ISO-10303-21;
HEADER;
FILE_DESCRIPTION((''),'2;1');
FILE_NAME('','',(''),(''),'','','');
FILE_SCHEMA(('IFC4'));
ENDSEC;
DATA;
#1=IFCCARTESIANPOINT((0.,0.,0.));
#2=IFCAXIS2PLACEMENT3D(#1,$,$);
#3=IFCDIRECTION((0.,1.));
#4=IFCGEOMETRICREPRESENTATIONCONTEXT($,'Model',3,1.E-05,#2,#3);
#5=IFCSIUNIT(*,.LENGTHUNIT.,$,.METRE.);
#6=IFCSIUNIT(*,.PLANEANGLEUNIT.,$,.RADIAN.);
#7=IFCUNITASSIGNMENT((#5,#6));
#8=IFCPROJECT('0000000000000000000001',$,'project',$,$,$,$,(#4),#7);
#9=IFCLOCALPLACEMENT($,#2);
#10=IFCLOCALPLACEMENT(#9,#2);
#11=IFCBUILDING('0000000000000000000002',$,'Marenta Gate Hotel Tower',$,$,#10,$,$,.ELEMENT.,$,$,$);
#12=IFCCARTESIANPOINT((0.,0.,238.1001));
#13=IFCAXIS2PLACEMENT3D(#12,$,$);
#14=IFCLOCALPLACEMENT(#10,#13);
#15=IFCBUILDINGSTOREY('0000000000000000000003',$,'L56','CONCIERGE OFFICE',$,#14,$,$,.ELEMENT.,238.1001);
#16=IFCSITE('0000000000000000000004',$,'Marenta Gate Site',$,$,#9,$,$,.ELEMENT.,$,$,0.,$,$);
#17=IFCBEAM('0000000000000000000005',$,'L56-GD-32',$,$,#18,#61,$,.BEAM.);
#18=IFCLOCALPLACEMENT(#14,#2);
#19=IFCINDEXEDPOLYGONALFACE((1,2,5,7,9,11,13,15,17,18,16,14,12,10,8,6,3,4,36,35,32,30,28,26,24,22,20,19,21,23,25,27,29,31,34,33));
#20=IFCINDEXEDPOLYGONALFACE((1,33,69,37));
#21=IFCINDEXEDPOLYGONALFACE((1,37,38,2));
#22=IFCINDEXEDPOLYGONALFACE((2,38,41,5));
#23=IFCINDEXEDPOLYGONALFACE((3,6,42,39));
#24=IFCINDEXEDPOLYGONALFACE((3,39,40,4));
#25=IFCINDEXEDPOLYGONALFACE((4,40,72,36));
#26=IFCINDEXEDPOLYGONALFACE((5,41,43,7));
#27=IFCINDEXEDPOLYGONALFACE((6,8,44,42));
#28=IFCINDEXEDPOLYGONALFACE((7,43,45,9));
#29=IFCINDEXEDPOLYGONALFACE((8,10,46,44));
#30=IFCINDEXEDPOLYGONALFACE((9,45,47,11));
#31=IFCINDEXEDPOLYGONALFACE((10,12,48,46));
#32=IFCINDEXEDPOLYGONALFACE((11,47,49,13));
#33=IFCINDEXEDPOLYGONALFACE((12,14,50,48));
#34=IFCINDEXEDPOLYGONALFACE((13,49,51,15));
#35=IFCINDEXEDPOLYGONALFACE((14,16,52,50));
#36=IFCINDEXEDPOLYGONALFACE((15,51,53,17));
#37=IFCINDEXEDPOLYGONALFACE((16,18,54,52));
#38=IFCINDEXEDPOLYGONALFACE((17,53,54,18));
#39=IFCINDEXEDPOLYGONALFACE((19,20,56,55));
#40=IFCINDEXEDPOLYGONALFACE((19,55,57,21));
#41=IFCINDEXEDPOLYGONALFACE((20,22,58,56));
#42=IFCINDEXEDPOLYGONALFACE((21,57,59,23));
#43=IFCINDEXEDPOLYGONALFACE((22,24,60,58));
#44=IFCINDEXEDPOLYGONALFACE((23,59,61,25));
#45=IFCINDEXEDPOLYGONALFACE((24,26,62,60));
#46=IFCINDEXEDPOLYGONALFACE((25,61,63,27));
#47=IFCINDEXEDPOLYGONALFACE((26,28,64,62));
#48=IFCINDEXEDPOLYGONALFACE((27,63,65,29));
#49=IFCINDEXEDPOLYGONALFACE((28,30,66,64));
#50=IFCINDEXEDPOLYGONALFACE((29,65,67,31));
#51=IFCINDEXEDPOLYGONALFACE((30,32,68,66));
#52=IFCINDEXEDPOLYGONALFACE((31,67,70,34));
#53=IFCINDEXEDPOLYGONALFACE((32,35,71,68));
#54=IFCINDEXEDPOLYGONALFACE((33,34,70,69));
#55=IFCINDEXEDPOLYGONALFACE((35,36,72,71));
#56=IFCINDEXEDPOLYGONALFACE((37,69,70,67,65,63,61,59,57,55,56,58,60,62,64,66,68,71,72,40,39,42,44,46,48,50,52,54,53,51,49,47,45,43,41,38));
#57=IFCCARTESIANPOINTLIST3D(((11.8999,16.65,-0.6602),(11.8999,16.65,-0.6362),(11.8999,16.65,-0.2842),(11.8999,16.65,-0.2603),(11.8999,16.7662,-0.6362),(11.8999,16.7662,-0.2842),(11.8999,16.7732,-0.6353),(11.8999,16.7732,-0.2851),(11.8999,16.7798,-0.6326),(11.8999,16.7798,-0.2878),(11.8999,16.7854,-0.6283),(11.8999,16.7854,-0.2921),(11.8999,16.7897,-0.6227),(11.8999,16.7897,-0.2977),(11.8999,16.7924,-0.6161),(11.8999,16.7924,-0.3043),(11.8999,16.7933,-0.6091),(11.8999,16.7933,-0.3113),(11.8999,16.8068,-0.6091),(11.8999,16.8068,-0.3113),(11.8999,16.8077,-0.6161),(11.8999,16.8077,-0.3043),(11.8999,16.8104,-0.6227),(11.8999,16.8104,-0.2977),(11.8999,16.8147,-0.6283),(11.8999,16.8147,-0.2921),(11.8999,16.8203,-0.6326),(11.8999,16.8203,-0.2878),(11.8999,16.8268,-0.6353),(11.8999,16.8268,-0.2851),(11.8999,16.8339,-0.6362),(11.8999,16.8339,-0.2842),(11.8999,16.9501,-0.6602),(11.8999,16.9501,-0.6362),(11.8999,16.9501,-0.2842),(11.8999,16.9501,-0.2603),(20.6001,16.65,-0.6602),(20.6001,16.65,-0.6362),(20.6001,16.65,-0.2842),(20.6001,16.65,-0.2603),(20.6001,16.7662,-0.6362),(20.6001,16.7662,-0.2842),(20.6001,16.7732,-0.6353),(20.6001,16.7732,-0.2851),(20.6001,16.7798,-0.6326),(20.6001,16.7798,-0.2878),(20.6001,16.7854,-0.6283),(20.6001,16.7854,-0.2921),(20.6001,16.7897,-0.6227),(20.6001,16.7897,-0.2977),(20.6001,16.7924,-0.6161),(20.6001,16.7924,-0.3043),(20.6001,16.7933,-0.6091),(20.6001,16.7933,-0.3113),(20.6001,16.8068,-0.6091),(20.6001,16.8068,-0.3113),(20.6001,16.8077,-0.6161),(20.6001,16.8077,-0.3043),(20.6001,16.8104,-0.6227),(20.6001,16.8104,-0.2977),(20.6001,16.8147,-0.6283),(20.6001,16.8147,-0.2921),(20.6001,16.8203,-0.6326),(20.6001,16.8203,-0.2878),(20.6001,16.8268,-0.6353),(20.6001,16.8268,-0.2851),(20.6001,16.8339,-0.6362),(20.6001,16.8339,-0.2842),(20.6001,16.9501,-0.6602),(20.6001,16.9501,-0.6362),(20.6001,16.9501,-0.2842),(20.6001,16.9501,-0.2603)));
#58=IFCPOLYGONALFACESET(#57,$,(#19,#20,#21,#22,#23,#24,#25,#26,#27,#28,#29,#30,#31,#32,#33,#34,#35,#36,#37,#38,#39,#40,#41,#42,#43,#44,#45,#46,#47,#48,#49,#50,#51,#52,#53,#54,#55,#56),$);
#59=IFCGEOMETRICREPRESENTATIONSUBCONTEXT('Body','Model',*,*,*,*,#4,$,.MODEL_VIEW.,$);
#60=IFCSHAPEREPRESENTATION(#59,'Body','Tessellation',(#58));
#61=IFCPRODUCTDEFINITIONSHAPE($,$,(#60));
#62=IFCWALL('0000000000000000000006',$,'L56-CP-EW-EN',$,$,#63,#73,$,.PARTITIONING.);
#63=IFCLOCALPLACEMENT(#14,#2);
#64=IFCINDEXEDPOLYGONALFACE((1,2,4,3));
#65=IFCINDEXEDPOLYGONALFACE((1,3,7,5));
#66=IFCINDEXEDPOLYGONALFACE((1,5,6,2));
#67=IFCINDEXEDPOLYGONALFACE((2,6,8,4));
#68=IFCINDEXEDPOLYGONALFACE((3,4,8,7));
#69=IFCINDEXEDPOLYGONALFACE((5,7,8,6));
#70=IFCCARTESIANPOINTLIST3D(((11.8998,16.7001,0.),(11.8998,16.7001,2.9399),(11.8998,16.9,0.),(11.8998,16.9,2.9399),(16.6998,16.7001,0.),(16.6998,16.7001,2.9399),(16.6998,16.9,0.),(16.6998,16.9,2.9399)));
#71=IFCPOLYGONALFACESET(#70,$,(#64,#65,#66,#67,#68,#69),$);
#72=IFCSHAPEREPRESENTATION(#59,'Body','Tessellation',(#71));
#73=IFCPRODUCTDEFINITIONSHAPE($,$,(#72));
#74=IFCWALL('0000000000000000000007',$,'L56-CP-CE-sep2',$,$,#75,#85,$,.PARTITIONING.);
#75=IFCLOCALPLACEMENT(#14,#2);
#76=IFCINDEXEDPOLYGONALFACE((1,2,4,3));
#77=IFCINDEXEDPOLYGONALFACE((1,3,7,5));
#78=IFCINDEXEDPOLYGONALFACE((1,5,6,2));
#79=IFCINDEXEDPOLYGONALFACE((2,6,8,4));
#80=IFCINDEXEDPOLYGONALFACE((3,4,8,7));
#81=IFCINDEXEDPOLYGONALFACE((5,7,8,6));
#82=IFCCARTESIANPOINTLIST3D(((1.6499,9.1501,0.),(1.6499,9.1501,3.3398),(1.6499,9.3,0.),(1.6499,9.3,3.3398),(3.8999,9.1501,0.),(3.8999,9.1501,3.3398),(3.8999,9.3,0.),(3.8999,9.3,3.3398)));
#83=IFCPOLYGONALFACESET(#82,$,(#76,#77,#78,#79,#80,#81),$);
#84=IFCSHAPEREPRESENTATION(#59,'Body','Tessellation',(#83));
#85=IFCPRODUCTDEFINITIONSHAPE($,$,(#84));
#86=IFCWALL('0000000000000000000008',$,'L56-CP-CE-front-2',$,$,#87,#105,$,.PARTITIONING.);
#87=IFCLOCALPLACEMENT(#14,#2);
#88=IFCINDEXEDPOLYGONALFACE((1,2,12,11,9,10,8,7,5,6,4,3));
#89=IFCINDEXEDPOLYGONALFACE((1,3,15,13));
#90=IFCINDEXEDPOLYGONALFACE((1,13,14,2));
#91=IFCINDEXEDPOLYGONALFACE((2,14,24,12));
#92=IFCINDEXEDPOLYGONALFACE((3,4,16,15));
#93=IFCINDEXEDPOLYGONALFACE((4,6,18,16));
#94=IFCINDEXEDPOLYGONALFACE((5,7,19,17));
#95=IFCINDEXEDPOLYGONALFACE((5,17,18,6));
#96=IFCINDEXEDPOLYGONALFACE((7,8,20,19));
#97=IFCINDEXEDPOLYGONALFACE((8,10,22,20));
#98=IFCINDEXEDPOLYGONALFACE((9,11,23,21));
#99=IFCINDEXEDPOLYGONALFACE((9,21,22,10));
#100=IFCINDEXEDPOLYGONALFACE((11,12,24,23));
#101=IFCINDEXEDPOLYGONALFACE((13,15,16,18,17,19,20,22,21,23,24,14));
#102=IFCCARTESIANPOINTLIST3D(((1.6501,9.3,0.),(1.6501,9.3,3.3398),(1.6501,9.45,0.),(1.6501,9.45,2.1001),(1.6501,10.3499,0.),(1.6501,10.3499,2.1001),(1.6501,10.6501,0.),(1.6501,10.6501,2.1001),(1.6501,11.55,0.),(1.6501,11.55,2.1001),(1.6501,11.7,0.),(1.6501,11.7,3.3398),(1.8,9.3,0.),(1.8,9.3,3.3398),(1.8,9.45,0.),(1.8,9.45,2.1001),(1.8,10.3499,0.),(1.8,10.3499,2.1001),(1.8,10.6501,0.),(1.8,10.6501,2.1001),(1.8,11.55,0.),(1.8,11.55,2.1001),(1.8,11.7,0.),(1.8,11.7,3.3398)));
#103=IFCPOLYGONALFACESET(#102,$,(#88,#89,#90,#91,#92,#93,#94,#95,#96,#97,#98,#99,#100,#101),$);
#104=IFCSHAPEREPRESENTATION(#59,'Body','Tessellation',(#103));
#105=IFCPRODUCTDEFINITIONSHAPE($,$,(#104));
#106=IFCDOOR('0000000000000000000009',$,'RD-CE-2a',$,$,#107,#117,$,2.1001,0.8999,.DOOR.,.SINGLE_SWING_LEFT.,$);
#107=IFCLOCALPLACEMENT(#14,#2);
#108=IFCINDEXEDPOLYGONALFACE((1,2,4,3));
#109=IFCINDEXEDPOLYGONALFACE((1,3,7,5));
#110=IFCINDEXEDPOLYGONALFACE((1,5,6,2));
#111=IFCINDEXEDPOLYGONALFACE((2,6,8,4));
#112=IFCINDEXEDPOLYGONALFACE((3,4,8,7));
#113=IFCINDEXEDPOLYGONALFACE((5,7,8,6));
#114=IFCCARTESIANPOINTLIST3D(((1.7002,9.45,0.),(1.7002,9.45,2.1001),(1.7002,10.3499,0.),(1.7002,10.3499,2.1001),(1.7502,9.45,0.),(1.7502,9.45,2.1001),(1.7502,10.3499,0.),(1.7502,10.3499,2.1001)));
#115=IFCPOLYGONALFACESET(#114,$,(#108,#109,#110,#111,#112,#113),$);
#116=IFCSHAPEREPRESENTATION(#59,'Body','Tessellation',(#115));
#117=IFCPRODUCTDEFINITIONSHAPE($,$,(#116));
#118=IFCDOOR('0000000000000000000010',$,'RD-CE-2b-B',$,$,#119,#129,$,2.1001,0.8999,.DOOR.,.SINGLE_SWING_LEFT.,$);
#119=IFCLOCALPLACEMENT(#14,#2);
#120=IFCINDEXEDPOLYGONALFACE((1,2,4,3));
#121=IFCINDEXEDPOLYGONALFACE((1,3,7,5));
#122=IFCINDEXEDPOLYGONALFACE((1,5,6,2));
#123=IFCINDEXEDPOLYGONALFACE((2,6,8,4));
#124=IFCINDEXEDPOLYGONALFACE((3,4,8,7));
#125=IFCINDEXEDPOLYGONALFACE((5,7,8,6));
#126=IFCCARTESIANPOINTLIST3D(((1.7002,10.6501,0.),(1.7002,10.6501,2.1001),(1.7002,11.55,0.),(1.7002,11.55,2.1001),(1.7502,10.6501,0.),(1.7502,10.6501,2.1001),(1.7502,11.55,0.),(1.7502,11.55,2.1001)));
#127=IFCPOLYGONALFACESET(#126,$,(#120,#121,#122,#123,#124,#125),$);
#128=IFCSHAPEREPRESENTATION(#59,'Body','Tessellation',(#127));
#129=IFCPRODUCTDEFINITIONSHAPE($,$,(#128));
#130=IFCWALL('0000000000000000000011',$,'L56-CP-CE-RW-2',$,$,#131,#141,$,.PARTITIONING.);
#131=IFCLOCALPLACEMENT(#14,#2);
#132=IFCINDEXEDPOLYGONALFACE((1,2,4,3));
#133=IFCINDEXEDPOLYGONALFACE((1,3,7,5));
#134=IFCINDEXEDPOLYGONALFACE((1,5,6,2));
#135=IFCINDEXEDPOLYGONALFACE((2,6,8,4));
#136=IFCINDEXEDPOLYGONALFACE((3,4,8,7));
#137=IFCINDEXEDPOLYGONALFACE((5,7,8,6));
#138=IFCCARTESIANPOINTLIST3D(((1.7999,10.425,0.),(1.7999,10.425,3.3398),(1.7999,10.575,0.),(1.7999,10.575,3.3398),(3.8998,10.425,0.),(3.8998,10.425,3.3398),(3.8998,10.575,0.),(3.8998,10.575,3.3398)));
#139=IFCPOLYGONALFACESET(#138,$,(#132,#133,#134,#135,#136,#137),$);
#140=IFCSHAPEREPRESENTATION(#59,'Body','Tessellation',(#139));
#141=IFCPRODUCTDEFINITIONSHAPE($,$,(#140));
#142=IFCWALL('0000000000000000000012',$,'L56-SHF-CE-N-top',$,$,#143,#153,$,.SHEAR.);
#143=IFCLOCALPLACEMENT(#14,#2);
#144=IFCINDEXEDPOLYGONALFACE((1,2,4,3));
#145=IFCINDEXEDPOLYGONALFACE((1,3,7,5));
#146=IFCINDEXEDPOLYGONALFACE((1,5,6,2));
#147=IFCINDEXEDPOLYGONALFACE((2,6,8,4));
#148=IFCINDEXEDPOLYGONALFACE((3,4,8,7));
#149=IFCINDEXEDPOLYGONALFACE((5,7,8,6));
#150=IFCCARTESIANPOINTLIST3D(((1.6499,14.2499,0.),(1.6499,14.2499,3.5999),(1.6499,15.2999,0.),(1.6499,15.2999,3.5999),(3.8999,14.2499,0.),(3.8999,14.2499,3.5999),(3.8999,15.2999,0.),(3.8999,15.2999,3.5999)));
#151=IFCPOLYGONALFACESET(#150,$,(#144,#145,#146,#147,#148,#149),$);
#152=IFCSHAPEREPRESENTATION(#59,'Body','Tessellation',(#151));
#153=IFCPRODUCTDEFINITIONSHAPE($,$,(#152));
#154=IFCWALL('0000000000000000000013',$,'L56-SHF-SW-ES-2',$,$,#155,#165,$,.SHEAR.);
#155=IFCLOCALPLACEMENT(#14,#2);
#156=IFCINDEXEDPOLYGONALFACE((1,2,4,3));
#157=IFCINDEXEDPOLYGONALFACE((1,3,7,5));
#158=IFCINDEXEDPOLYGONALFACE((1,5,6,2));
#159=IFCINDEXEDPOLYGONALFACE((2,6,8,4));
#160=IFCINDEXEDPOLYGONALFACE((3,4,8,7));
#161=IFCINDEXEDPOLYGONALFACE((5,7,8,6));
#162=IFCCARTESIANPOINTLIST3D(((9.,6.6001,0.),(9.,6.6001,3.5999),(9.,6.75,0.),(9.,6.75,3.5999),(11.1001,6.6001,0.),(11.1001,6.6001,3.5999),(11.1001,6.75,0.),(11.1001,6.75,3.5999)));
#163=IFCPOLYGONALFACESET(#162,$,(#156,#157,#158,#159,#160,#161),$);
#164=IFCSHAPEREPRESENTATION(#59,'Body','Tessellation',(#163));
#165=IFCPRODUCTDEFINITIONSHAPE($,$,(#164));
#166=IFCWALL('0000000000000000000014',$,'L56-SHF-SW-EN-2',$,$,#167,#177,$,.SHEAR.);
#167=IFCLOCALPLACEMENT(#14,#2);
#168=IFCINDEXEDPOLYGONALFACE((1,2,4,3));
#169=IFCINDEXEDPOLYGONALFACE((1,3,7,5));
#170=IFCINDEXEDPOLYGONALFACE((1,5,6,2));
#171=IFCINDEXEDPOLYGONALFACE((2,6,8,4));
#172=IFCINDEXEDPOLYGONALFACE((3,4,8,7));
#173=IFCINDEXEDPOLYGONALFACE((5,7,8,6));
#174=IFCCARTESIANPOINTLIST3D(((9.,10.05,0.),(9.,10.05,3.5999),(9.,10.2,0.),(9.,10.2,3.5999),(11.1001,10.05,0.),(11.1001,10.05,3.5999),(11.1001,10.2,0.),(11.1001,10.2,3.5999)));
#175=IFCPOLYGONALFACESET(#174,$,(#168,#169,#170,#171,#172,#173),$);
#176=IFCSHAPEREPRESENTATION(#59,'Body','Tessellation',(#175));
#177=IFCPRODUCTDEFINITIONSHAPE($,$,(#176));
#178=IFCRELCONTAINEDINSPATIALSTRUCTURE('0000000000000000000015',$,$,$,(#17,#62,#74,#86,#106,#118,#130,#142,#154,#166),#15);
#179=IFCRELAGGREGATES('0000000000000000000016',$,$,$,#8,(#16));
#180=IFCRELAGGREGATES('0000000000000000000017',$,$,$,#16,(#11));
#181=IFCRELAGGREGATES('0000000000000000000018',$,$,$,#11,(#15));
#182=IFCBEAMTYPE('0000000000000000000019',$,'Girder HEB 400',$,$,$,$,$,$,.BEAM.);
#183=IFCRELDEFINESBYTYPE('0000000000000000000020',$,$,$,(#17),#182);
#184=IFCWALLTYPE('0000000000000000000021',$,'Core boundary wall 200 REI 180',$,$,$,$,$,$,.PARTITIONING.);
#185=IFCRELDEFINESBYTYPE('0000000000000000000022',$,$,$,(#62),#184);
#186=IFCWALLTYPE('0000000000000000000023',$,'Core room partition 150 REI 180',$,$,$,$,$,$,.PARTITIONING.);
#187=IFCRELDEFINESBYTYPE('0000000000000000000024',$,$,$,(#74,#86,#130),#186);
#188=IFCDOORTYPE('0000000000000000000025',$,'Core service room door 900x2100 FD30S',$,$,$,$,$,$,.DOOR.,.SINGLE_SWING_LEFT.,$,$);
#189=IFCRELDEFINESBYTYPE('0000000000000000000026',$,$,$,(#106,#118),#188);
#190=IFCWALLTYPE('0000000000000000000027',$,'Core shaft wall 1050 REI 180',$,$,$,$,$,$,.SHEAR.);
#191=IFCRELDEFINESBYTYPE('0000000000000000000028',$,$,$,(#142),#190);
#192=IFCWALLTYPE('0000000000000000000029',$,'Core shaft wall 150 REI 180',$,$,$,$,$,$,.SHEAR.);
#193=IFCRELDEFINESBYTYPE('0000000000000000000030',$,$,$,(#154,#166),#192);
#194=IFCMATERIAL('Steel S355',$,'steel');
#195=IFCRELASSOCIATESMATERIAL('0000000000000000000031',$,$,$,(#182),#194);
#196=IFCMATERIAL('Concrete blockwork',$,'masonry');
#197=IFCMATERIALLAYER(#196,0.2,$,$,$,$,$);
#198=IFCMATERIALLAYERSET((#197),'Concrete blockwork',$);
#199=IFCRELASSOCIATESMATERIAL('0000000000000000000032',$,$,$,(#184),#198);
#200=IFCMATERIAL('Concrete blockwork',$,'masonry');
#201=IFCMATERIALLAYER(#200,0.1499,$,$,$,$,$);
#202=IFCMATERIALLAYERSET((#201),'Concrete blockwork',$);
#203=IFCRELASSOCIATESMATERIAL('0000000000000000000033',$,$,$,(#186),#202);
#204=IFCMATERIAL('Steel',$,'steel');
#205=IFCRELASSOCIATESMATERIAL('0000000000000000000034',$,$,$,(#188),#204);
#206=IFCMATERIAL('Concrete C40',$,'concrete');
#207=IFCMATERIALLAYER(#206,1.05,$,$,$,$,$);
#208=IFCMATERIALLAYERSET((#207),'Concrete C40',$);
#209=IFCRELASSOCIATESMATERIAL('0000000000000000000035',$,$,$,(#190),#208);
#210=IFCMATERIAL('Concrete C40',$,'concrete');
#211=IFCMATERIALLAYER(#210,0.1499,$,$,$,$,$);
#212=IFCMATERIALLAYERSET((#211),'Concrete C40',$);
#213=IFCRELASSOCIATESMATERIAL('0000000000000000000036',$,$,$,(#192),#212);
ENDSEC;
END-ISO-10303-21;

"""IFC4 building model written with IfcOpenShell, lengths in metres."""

from ifc_helpers import new_model, si_unit, direction, frame, frame_2d, origin, origin_2d, place, context, subcontext, project, spatial, rectangle, i_section, extrude, material, layer, layer_set, material_profile, profile_set, type_object, element, fill, save


model = new_model("IFC4")

# Units and contexts
model_context = context("Model", 3, precision=1e-05, world=origin(), true_north=direction((0.0, 1.0)))
body_context = subcontext(model_context, "Body", "Model", "MODEL_VIEW")
ifc_project = project(units=[si_unit("LENGTHUNIT", "METRE"), si_unit("PLANEANGLEUNIT", "RADIAN")], contexts=[model_context])

# Site, building, storey
site_placement = place(None, origin())
site = spatial("IfcSite", under=ifc_project, at=site_placement, Name="Marenta Gate Site", CompositionType="ELEMENT", RefElevation=0.0)
building_placement = place(site_placement, origin())
building = spatial("IfcBuilding", under=site, at=building_placement, Name="Marenta Gate Hotel Tower", CompositionType="ELEMENT")
storey_placement = place(building_placement, frame((0.0, 0.0, 238.1001)))
storey = spatial("IfcBuildingStorey", under=building, at=storey_placement, Name="L56", Description="CONCIERGE OFFICE", CompositionType="ELEMENT", Elevation=238.1001)

# Beam
ifc_material_1 = material(Name="Steel S355", Category="steel")
ifc_material_profile_1 = material_profile(ifc_material_1, i_section(OverallWidth=0.3, OverallDepth=0.3999, WebThickness=0.0134, FlangeThickness=0.0239, FilletRadius=0.0271, at=origin_2d()), Name="HEB 400")
ifc_profile_set_1 = profile_set([ifc_material_profile_1], Name="Steel S355")
beam_type_1 = type_object("IfcBeamType", Name="Girder HEB 400", PredefinedType="BEAM", material=ifc_profile_set_1)
for number, where, z_axis, x_axis, name in (
    (1, (11.8999, 16.8, -0.4602), (1.0, 0.0, 0.0), (0.0, 1.0, 0.0), "L56-GD-32"),
):
    element("IfcBeam", number, at=place(storey_placement, frame(where, z_axis=z_axis, x_axis=x_axis)), inside=storey, type_object=beam_type_1, Name=name, PredefinedType="BEAM", context=body_context, shape_type="SweptSolid", body=[
        extrude(i_section(OverallWidth=0.3, OverallDepth=0.3999, WebThickness=0.0134, FlangeThickness=0.0239, FilletRadius=0.0271, at=origin_2d()), origin(), (0.0, 0.0, 1.0), 8.7002),
    ])

# Walls
ifc_material_2 = material(Name="Concrete blockwork", Category="masonry")
ifc_layer_1 = layer(ifc_material_2, 0.2)
ifc_layer_set_1 = layer_set([ifc_layer_1], Name="Concrete blockwork")
wall_type_1 = type_object("IfcWallType", Name="Core boundary wall 200 REI 180", PredefinedType="PARTITIONING", material=ifc_layer_set_1)
wall_1_placement = place(storey_placement, frame((11.8999, 16.8, 0.0), z_axis=(0.0, 0.0, 1.0), x_axis=(1.0, 0.0, 0.0)))
element("IfcWall", 2, at=wall_1_placement, inside=storey, type_object=wall_type_1, Name="L56-CP-EW-EN", PredefinedType="PARTITIONING", context=body_context, shape_type="SweptSolid", body=[
    extrude(rectangle(XDim=4.8, YDim=0.2, at=frame_2d((2.3999, 0.0))), origin(), (0.0, 0.0, 1.0), 2.9399),
])
ifc_material_3 = material(Name="Concrete blockwork", Category="masonry")
ifc_layer_2 = layer(ifc_material_3, 0.1499)
ifc_layer_set_2 = layer_set([ifc_layer_2], Name="Concrete blockwork")
wall_type_2 = type_object("IfcWallType", Name="Core room partition 150 REI 180", PredefinedType="PARTITIONING", material=ifc_layer_set_2)
wall_2_placement = place(storey_placement, frame((1.6499, 9.2251, 0.0), z_axis=(0.0, 0.0, 1.0), x_axis=(1.0, 0.0, 0.0)))
element("IfcWall", 3, at=wall_2_placement, inside=storey, type_object=wall_type_2, Name="L56-CP-CE-sep2", PredefinedType="PARTITIONING", context=body_context, shape_type="SweptSolid", body=[
    extrude(rectangle(XDim=2.25, YDim=0.1499, at=frame_2d((1.125, 0.0))), origin(), (0.0, 0.0, 1.0), 3.3398),
])

# Wall, openings, doors
wall_3_placement = place(storey_placement, frame((1.7251, 9.3, 0.0), z_axis=(0.0, 0.0, 1.0), x_axis=(0.0, 1.0, 0.0)))
wall_3 = element("IfcWall", 4, at=wall_3_placement, inside=storey, type_object=wall_type_2, Name="L56-CP-CE-front-2", PredefinedType="PARTITIONING", context=body_context, shape_type="SweptSolid", body=[
    extrude(rectangle(XDim=2.3999, YDim=0.1499, at=frame_2d((1.2, 0.0))), origin(), (0.0, 0.0, 1.0), 3.3398),
])
opening_1_placement = place(wall_3_placement, frame((0.1499, 0.0, 0.0)))
opening_1 = element("IfcOpeningElement", 5, at=opening_1_placement, cuts=wall_3, PredefinedType="OPENING", context=body_context, shape_type="SweptSolid", body=[
    extrude(rectangle(XDim=0.8999, YDim=2.1001, at=frame_2d((0.45, 1.05))), frame((0.0, 0.075, 0.0), z_axis=(0.0, -1.0, 0.0), x_axis=(1.0, 0.0, 0.0)), (0.0, 0.0, 1.0), 0.1499),
])
opening_2_placement = place(wall_3_placement, frame((1.3501, 0.0, 0.0)))
opening_2 = element("IfcOpeningElement", 6, at=opening_2_placement, cuts=wall_3, PredefinedType="OPENING", context=body_context, shape_type="SweptSolid", body=[
    extrude(rectangle(XDim=0.8999, YDim=2.1001, at=frame_2d((0.45, 1.05))), frame((0.0, 0.075, 0.0), z_axis=(0.0, -1.0, 0.0), x_axis=(1.0, 0.0, 0.0)), (0.0, 0.0, 1.0), 0.1499),
])
ifc_material_4 = material(Name="Steel", Category="steel")
door_type_1 = type_object("IfcDoorType", Name="Core service room door 900x2100 FD30S", OperationType="SINGLE_SWING_LEFT", PredefinedType="DOOR", material=ifc_material_4)
door_1_placement = place(opening_1_placement, origin())
door_1 = element("IfcDoor", 7, at=door_1_placement, inside=storey, type_object=door_type_1, Name="RD-CE-2a", OperationType="SINGLE_SWING_LEFT", OverallHeight=2.1001, OverallWidth=0.8999, PredefinedType="DOOR", context=body_context, shape_type="SweptSolid", body=[
    extrude(rectangle(XDim=0.8999, YDim=2.1001, at=frame_2d((0.45, 1.05))), frame((0.0, 0.0249, 0.0), z_axis=(0.0, -1.0, 0.0), x_axis=(1.0, 0.0, 0.0)), (0.0, 0.0, 1.0), 0.05),
])
fill(opening_1, door_1)
door_2_placement = place(opening_2_placement, origin())
door_2 = element("IfcDoor", 8, at=door_2_placement, inside=storey, type_object=door_type_1, Name="RD-CE-2b-B", OperationType="SINGLE_SWING_LEFT", OverallHeight=2.1001, OverallWidth=0.8999, PredefinedType="DOOR", context=body_context, shape_type="SweptSolid", body=[
    extrude(rectangle(XDim=0.8999, YDim=2.1001, at=frame_2d((0.45, 1.05))), frame((0.0, 0.0249, 0.0), z_axis=(0.0, -1.0, 0.0), x_axis=(1.0, 0.0, 0.0)), (0.0, 0.0, 1.0), 0.05),
])
fill(opening_2, door_2)

# Walls
wall_4_placement = place(storey_placement, frame((1.8, 10.5, 0.0), z_axis=(0.0, 0.0, 1.0), x_axis=(1.0, 0.0, 0.0)))
element("IfcWall", 9, at=wall_4_placement, inside=storey, type_object=wall_type_2, Name="L56-CP-CE-RW-2", PredefinedType="PARTITIONING", context=body_context, shape_type="SweptSolid", body=[
    extrude(rectangle(XDim=2.0999, YDim=0.1499, at=frame_2d((1.0498, 0.0))), origin(), (0.0, 0.0, 1.0), 3.3398),
])
ifc_material_5 = material(Name="Concrete C40", Category="concrete")
ifc_layer_3 = layer(ifc_material_5, 1.05)
ifc_layer_set_3 = layer_set([ifc_layer_3], Name="Concrete C40")
wall_type_3 = type_object("IfcWallType", Name="Core shaft wall 1050 REI 180", PredefinedType="SHEAR", material=ifc_layer_set_3)
wall_5_placement = place(storey_placement, frame((1.6499, 14.7749, 0.0), z_axis=(0.0, 0.0, 1.0), x_axis=(1.0, 0.0, 0.0)))
element("IfcWall", 10, at=wall_5_placement, inside=storey, type_object=wall_type_3, Name="L56-SHF-CE-N-top", PredefinedType="SHEAR", context=body_context, shape_type="SweptSolid", body=[
    extrude(rectangle(XDim=2.25, YDim=1.05, at=frame_2d((1.125, 0.0))), origin(), (0.0, 0.0, 1.0), 3.5999),
])
ifc_material_6 = material(Name="Concrete C40", Category="concrete")
ifc_layer_4 = layer(ifc_material_6, 0.1499)
ifc_layer_set_4 = layer_set([ifc_layer_4], Name="Concrete C40")
wall_type_4 = type_object("IfcWallType", Name="Core shaft wall 150 REI 180", PredefinedType="SHEAR", material=ifc_layer_set_4)
for number, where, z_axis, x_axis, name in (
    (11, (9.0, 6.675, 0.0), (0.0, 0.0, 1.0), (1.0, 0.0, 0.0), "L56-SHF-SW-ES-2"),
    (12, (9.0, 10.125, 0.0), (0.0, 0.0, 1.0), (1.0, 0.0, 0.0), "L56-SHF-SW-EN-2"),
):
    element("IfcWall", number, at=place(storey_placement, frame(where, z_axis=z_axis, x_axis=x_axis)), inside=storey, type_object=wall_type_4, Name=name, PredefinedType="SHEAR", context=body_context, shape_type="SweptSolid", body=[
        extrude(rectangle(XDim=2.1001, YDim=0.1499, at=frame_2d((1.05, 0.0))), origin(), (0.0, 0.0, 1.0), 3.5999),
    ])

save(model, "model.ifc")
